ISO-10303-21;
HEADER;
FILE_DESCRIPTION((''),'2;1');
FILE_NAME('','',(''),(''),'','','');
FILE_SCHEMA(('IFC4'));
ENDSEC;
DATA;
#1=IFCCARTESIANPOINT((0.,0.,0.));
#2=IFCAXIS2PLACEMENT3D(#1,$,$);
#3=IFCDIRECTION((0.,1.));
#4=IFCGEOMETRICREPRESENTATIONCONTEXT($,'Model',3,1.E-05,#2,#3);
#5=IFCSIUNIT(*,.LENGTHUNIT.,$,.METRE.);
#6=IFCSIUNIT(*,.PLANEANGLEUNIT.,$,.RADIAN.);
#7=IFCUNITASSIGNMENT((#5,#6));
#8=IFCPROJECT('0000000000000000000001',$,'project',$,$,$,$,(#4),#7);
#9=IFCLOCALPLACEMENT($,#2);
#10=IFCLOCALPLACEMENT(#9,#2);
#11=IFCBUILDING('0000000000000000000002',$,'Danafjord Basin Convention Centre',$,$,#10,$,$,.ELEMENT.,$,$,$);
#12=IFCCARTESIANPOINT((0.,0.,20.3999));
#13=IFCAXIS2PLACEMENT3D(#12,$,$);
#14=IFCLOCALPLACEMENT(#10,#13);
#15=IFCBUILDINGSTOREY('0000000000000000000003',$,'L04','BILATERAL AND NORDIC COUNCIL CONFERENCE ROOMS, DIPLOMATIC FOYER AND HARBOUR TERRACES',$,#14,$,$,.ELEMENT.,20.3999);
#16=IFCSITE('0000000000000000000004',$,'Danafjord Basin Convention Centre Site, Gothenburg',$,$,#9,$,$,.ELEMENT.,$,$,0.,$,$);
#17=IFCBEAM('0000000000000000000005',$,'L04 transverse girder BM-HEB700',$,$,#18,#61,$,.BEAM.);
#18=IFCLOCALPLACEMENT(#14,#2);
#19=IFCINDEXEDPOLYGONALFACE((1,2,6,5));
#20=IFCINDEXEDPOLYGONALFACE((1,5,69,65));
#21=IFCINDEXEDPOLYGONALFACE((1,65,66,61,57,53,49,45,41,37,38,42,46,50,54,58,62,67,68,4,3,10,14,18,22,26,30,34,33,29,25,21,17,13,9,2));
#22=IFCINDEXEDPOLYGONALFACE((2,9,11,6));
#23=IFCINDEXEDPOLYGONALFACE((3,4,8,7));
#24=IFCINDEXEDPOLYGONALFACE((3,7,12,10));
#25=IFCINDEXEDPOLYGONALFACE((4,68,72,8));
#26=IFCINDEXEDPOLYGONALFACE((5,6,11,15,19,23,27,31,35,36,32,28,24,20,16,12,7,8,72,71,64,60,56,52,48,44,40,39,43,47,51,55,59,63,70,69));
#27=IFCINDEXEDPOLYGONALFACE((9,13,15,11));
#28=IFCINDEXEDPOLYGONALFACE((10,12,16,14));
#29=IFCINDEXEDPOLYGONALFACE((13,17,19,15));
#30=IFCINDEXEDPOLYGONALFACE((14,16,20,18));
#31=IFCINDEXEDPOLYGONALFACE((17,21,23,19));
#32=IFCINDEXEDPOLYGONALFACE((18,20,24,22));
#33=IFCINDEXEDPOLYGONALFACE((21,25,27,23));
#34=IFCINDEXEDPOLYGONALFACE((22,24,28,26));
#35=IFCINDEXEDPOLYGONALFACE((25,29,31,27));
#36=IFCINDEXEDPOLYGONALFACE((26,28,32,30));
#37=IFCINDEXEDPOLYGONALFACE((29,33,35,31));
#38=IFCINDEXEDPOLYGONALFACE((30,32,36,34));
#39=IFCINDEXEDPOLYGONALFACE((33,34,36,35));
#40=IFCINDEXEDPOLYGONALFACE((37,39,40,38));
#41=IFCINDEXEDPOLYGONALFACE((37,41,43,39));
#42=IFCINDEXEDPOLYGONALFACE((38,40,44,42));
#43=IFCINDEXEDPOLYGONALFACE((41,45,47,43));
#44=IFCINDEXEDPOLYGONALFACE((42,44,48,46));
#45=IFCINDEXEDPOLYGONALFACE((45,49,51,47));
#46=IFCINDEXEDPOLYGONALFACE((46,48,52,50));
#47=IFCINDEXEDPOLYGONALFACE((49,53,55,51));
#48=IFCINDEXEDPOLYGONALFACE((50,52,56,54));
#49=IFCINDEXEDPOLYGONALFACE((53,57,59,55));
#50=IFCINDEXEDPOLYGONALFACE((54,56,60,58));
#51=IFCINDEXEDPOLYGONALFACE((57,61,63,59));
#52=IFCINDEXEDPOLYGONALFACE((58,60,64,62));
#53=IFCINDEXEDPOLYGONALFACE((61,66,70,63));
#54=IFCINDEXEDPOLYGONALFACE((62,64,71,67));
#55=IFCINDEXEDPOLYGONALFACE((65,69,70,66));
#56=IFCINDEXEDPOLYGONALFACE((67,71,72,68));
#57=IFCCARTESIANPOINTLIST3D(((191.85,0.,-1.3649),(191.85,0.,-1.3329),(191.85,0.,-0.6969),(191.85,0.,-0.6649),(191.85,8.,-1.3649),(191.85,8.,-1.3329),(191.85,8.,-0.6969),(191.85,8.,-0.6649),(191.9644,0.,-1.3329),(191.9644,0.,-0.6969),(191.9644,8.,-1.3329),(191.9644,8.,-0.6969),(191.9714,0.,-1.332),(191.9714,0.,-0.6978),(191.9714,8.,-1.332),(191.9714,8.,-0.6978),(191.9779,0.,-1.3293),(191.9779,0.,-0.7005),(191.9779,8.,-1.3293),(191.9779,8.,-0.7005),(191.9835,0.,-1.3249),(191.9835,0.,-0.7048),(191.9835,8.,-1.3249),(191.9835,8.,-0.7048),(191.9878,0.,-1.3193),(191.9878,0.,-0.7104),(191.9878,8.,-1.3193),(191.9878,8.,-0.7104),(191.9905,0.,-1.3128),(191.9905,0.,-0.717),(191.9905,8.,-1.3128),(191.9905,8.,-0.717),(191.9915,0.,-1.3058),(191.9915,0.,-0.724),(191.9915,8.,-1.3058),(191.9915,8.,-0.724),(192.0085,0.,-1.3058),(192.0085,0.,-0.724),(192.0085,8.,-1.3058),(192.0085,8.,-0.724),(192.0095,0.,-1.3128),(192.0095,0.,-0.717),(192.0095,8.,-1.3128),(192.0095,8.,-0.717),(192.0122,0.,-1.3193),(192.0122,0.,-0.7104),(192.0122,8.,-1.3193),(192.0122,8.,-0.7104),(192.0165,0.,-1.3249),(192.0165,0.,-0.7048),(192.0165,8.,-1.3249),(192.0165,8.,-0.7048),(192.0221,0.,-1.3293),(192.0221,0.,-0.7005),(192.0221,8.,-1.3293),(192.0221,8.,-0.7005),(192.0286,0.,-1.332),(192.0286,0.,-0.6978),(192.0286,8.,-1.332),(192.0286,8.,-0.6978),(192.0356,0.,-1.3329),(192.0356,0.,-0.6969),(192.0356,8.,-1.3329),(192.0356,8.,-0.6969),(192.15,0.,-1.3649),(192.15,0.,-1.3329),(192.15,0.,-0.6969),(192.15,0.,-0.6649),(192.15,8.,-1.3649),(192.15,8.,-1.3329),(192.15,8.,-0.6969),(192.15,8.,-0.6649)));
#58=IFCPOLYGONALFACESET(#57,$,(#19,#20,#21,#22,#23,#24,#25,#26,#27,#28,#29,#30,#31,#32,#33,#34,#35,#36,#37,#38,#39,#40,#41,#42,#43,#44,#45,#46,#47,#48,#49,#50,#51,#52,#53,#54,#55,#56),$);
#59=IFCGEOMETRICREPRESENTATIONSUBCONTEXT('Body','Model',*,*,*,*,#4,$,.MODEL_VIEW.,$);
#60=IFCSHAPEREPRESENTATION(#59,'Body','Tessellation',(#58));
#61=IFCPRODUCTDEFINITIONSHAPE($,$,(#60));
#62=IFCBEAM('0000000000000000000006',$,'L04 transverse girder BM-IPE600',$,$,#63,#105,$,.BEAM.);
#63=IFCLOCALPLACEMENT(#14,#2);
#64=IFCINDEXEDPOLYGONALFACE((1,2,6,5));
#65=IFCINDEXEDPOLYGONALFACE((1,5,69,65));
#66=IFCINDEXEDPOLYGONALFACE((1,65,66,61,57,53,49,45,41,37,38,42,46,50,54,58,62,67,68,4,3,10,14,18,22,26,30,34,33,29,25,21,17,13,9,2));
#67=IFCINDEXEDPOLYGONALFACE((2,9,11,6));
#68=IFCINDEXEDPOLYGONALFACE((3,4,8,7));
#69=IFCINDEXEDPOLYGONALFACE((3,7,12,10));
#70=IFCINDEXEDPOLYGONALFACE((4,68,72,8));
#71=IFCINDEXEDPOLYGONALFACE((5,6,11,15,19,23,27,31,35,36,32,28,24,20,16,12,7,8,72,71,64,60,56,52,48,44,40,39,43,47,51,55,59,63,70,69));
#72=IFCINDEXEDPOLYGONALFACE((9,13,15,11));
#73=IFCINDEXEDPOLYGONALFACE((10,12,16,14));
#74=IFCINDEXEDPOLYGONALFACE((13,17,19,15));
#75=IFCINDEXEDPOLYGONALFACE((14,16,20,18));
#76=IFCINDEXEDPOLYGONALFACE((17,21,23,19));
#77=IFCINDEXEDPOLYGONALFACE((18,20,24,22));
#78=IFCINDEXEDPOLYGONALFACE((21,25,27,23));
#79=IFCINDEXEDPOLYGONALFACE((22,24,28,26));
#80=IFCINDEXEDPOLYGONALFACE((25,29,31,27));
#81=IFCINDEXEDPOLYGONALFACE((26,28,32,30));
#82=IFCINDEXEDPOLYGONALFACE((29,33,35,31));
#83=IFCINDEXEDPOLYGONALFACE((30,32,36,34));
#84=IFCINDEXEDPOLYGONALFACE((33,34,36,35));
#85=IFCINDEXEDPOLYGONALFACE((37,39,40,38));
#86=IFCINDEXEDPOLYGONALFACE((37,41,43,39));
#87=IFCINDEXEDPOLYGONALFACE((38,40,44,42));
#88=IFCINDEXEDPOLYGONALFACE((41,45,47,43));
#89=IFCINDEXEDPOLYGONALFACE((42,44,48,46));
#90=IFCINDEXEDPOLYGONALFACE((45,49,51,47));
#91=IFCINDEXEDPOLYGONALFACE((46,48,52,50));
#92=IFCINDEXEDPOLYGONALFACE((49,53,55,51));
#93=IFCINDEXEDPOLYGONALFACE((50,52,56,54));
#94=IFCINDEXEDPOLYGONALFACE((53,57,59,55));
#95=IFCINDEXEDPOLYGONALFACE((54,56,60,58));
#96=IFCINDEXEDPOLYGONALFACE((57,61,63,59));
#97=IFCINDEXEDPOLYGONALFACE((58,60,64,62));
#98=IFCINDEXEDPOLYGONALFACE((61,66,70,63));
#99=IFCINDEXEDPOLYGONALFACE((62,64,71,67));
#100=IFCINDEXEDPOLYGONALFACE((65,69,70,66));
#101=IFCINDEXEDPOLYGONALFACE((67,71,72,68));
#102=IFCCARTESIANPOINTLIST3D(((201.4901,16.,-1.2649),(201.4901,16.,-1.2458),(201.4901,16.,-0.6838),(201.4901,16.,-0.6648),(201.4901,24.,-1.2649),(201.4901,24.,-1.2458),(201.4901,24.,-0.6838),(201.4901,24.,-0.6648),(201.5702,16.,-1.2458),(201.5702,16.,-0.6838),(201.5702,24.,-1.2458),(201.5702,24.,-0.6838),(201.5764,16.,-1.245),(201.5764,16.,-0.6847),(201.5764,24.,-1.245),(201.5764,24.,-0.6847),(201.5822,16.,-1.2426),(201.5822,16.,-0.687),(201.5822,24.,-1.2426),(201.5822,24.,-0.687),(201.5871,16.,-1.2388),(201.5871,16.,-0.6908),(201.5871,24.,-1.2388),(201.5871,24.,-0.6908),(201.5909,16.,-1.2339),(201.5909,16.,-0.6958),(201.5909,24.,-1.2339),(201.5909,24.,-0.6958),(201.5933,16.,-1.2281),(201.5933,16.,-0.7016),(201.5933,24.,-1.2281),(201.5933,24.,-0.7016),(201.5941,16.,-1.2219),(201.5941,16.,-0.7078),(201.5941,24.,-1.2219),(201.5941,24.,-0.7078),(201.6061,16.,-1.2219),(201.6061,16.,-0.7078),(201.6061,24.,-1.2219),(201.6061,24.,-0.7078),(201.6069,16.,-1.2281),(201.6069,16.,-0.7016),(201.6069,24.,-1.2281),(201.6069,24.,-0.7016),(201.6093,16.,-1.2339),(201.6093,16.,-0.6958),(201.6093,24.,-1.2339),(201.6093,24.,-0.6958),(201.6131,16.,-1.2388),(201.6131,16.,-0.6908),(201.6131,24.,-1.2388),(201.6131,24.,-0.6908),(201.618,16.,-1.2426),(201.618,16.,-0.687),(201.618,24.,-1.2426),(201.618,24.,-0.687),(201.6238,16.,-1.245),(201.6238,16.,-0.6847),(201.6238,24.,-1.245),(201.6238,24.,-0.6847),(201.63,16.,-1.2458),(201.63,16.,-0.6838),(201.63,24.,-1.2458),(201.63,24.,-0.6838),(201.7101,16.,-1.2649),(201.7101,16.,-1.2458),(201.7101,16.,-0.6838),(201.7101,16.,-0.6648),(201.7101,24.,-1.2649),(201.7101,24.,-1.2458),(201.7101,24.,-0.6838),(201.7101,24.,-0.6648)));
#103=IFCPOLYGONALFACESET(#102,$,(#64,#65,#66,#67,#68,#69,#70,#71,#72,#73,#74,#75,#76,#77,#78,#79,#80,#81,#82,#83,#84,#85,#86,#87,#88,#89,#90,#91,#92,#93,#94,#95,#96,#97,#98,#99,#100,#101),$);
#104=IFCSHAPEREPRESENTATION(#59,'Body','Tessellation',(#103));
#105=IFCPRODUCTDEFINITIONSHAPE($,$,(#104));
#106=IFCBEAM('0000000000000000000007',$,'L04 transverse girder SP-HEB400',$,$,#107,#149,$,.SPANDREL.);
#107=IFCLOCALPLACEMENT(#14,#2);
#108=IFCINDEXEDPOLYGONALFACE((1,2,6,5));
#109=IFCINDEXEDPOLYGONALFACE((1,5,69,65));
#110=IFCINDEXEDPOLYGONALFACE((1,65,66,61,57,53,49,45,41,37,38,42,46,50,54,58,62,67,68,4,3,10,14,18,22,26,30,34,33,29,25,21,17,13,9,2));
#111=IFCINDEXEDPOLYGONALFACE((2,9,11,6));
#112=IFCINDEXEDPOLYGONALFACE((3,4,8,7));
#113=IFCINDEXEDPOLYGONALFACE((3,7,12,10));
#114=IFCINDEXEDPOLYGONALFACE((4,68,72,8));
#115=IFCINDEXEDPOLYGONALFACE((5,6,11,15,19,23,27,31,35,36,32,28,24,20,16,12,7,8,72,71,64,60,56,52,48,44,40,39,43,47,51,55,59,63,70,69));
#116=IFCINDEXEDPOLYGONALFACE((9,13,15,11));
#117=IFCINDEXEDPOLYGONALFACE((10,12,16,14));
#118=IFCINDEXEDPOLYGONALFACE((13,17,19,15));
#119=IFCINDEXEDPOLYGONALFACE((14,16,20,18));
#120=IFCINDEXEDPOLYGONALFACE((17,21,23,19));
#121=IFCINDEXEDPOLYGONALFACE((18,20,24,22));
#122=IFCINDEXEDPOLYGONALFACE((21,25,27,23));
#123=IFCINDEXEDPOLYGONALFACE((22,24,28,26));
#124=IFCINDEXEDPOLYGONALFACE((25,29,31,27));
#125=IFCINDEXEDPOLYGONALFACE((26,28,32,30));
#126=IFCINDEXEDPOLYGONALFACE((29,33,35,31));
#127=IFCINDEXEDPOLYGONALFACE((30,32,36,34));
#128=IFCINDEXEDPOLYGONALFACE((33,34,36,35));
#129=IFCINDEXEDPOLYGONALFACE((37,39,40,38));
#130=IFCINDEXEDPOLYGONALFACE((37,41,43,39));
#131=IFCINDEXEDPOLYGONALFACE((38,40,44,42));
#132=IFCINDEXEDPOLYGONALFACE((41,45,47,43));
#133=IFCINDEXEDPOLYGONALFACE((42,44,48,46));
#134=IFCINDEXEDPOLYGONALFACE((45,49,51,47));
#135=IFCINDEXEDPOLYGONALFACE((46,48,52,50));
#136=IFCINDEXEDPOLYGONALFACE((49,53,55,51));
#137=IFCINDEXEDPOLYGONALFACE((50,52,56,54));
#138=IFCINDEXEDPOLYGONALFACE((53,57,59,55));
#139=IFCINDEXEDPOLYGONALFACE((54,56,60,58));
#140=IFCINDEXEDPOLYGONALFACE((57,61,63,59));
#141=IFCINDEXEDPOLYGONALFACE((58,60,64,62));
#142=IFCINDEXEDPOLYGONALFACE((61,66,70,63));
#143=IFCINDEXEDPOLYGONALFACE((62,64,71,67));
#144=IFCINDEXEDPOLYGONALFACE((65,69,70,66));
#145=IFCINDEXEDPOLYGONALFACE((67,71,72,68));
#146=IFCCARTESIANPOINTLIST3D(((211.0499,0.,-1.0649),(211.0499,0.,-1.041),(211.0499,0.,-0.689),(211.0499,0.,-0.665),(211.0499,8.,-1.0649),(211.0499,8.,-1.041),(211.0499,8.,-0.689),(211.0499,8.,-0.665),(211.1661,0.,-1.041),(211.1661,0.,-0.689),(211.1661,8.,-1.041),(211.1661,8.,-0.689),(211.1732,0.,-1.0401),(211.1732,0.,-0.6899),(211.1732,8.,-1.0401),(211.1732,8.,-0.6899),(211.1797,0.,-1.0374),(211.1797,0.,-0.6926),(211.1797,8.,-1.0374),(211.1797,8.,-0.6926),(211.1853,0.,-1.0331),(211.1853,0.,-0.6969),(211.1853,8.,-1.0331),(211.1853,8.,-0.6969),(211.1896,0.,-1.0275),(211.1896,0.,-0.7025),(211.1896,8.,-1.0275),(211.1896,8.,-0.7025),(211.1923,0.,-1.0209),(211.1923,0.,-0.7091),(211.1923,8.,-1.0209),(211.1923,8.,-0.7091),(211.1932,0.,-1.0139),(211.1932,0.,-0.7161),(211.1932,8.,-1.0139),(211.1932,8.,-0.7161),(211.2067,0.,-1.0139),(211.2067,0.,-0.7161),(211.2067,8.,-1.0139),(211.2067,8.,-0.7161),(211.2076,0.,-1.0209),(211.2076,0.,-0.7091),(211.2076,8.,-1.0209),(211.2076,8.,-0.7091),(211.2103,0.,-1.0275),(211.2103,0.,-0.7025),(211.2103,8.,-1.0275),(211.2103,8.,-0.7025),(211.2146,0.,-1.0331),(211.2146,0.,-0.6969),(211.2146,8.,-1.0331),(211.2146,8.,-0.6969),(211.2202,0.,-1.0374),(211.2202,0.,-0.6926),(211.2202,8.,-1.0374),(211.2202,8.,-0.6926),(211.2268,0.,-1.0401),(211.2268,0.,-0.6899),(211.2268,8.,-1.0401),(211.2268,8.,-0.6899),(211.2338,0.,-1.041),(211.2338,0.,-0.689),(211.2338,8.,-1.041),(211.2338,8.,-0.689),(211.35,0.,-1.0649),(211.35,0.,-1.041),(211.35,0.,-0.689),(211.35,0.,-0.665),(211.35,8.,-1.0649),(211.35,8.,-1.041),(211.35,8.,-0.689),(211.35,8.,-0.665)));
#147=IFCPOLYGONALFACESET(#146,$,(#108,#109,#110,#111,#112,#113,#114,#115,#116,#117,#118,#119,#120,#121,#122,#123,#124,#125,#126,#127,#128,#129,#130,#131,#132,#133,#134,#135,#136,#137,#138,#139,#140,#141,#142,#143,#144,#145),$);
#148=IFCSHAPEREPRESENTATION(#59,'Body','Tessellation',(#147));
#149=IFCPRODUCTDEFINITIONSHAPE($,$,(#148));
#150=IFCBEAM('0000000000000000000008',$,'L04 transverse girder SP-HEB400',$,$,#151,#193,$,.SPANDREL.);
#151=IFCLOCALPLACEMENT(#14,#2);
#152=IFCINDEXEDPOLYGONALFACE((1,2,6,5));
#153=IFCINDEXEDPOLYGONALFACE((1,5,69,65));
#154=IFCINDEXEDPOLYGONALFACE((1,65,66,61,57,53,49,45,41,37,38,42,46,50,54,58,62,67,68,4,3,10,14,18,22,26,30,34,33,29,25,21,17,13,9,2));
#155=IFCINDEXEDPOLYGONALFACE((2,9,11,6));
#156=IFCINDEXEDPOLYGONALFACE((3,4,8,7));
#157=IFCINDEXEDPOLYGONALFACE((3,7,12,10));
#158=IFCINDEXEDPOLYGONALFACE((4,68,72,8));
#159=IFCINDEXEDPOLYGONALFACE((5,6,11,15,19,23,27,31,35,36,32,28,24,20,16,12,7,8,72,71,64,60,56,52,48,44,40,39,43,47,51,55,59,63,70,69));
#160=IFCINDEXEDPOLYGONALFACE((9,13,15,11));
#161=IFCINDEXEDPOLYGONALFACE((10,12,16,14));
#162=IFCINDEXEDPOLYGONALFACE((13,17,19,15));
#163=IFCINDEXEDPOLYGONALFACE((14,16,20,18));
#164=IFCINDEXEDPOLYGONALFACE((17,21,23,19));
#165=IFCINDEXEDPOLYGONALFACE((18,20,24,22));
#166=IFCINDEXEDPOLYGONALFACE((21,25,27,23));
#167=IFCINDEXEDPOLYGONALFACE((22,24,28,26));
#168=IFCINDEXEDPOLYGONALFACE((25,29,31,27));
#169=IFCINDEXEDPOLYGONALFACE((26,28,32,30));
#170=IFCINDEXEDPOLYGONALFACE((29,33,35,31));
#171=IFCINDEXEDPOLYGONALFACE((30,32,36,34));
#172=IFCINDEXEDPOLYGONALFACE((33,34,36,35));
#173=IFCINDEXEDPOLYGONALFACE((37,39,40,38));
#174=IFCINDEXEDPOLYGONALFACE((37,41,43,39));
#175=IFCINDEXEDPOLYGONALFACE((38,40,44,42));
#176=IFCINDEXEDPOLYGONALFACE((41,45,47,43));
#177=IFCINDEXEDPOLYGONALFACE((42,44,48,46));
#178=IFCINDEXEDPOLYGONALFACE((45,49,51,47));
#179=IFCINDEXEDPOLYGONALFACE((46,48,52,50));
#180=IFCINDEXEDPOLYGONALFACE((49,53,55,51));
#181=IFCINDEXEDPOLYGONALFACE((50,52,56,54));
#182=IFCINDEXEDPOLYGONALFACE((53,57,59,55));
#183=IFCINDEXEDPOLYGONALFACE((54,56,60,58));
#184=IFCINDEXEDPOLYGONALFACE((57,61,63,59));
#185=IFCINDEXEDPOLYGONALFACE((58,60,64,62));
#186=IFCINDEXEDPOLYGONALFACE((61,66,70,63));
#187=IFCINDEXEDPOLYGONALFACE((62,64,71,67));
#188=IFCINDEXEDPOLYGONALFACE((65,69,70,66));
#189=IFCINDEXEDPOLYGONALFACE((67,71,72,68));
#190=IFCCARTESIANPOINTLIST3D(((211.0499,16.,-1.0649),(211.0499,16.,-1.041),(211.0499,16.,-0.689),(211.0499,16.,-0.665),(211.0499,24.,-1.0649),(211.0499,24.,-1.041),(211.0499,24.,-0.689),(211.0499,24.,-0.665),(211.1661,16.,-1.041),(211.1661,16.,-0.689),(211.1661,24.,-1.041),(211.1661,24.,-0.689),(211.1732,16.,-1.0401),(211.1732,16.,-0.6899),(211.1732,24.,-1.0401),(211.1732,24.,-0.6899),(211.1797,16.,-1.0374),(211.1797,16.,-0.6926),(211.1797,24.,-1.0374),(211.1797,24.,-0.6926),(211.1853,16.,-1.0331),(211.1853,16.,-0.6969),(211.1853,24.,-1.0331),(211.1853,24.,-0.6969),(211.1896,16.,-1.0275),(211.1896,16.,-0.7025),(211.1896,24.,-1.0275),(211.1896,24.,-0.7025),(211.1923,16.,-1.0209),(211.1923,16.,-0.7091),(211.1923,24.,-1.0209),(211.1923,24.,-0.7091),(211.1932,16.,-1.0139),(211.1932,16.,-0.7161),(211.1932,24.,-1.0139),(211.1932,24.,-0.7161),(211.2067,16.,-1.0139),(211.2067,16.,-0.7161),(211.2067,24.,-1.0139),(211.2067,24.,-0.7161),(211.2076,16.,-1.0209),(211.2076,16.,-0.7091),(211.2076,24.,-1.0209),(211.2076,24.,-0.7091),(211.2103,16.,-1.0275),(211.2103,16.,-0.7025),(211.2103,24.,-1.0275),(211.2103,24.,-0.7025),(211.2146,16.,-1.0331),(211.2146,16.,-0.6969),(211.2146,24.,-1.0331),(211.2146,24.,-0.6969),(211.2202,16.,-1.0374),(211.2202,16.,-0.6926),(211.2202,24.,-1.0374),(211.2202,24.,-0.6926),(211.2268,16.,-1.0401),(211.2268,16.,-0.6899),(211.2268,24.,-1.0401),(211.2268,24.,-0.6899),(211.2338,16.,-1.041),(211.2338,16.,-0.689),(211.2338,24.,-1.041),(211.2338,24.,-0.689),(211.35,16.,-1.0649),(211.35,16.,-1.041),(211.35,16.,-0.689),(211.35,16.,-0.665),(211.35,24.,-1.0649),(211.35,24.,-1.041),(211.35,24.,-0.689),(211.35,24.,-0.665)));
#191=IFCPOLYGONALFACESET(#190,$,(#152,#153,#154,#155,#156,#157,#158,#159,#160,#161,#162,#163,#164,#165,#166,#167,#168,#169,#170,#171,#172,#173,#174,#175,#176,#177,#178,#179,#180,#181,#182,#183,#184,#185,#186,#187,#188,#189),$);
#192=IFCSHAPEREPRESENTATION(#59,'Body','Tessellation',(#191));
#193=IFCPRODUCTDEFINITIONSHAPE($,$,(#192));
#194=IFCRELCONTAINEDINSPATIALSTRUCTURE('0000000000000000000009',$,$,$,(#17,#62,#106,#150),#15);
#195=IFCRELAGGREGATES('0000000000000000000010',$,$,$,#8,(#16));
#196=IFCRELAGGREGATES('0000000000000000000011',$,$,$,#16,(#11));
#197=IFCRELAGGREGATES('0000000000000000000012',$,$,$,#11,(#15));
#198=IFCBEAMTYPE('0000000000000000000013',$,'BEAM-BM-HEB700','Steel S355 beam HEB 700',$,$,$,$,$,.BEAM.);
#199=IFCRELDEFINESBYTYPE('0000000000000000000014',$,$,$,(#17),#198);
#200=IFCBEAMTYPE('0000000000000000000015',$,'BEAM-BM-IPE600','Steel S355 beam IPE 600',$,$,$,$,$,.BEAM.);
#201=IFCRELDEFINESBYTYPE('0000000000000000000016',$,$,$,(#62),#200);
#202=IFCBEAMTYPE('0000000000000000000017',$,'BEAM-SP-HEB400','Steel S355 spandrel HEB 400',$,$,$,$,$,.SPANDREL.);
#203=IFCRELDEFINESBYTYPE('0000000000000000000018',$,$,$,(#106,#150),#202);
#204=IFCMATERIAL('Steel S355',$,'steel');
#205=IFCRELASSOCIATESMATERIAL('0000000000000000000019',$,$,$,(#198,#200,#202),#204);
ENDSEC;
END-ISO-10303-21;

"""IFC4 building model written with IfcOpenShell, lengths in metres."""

from ifc_helpers import new_model, si_unit, direction, frame, origin, origin_2d, place, context, subcontext, project, spatial, i_section, extrude, material, material_profile, profile_set, type_object, element, save


model = new_model("IFC4")

# Units and contexts
model_context = context("Model", 3, precision=1e-05, world=origin(), true_north=direction((0.0, 1.0)))
body_context = subcontext(model_context, "Body", "Model", "MODEL_VIEW")
ifc_project = project(units=[si_unit("LENGTHUNIT", "METRE"), si_unit("PLANEANGLEUNIT", "RADIAN")], contexts=[model_context])

# Site, building, storey
site_placement = place(None, origin())
site = spatial("IfcSite", under=ifc_project, at=site_placement, Name="Danafjord Basin Convention Centre Site, Gothenburg", CompositionType="ELEMENT", RefElevation=0.0)
building_placement = place(site_placement, origin())
building = spatial("IfcBuilding", under=site, at=building_placement, Name="Danafjord Basin Convention Centre", CompositionType="ELEMENT")
storey_placement = place(building_placement, frame((0.0, 0.0, 20.3999)))
storey = spatial("IfcBuildingStorey", under=building, at=storey_placement, Name="L04", Description="BILATERAL AND NORDIC COUNCIL CONFERENCE ROOMS, DIPLOMATIC FOYER AND HARBOUR TERRACES", CompositionType="ELEMENT", Elevation=20.3999)

# Beams
ifc_material_1 = material(Name="Steel S355", Category="steel")
ifc_material_profile_1 = material_profile(ifc_material_1, i_section(OverallWidth=0.3, OverallDepth=0.7, WebThickness=0.0171, FlangeThickness=0.032, FilletRadius=0.0271, at=origin_2d()), Name="HEB 700")
ifc_profile_set_1 = profile_set([ifc_material_profile_1], Name="Steel S355")
beam_type_1 = type_object("IfcBeamType", Name="BEAM-BM-HEB700", Description="Steel S355 beam HEB 700", PredefinedType="BEAM", material=ifc_profile_set_1)
beam_1_placement = place(storey_placement, frame((192.0, 0.0, -1.0149), z_axis=(0.0, 1.0, 0.0), x_axis=(-1.0, 0.0, 0.0)))
element("IfcBeam", 1, at=beam_1_placement, inside=storey, type_object=beam_type_1, Name="L04 transverse girder BM-HEB700", PredefinedType="BEAM", context=body_context, shape_type="SweptSolid", body=[
    extrude(i_section(OverallWidth=0.3, OverallDepth=0.7, WebThickness=0.0171, FlangeThickness=0.032, FilletRadius=0.0271, at=origin_2d()), origin(), (0.0, 0.0, 1.0), 8.0),
])
ifc_material_profile_2 = material_profile(ifc_material_1, i_section(OverallWidth=0.22, OverallDepth=0.6001, WebThickness=0.012, FlangeThickness=0.019, FilletRadius=0.0239, at=origin_2d()), Name="IPE 600")
ifc_profile_set_2 = profile_set([ifc_material_profile_2], Name="Steel S355")
beam_type_2 = type_object("IfcBeamType", Name="BEAM-BM-IPE600", Description="Steel S355 beam IPE 600", PredefinedType="BEAM", material=ifc_profile_set_2)
beam_2_placement = place(storey_placement, frame((201.6001, 16.0, -0.9648), z_axis=(0.0, 1.0, 0.0), x_axis=(-1.0, 0.0, 0.0)))
element("IfcBeam", 2, at=beam_2_placement, inside=storey, type_object=beam_type_2, Name="L04 transverse girder BM-IPE600", PredefinedType="BEAM", context=body_context, shape_type="SweptSolid", body=[
    extrude(i_section(OverallWidth=0.22, OverallDepth=0.6001, WebThickness=0.012, FlangeThickness=0.019, FilletRadius=0.0239, at=origin_2d()), origin(), (0.0, 0.0, 1.0), 8.0),
])
ifc_material_profile_3 = material_profile(ifc_material_1, i_section(OverallWidth=0.3, OverallDepth=0.3999, WebThickness=0.0134, FlangeThickness=0.0239, FilletRadius=0.0271, at=origin_2d()), Name="HEB 400")
ifc_profile_set_3 = profile_set([ifc_material_profile_3], Name="Steel S355")
beam_type_3 = type_object("IfcBeamType", Name="BEAM-SP-HEB400", Description="Steel S355 spandrel HEB 400", PredefinedType="SPANDREL", material=ifc_profile_set_3)
for number, where, z_axis, x_axis, name in (
    (3, (211.2, 0.0, -0.865), (0.0, 1.0, 0.0), (-1.0, 0.0, 0.0), "L04 transverse girder SP-HEB400"),
    (4, (211.2, 16.0, -0.865), (0.0, 1.0, 0.0), (-1.0, 0.0, 0.0), "L04 transverse girder SP-HEB400"),
):
    element("IfcBeam", number, at=place(storey_placement, frame(where, z_axis=z_axis, x_axis=x_axis)), inside=storey, type_object=beam_type_3, Name=name, PredefinedType="SPANDREL", context=body_context, shape_type="SweptSolid", body=[
        extrude(i_section(OverallWidth=0.3, OverallDepth=0.3999, WebThickness=0.0134, FlangeThickness=0.0239, FilletRadius=0.0271, at=origin_2d()), origin(), (0.0, 0.0, 1.0), 8.0),
    ])

save(model, "model.ifc")
